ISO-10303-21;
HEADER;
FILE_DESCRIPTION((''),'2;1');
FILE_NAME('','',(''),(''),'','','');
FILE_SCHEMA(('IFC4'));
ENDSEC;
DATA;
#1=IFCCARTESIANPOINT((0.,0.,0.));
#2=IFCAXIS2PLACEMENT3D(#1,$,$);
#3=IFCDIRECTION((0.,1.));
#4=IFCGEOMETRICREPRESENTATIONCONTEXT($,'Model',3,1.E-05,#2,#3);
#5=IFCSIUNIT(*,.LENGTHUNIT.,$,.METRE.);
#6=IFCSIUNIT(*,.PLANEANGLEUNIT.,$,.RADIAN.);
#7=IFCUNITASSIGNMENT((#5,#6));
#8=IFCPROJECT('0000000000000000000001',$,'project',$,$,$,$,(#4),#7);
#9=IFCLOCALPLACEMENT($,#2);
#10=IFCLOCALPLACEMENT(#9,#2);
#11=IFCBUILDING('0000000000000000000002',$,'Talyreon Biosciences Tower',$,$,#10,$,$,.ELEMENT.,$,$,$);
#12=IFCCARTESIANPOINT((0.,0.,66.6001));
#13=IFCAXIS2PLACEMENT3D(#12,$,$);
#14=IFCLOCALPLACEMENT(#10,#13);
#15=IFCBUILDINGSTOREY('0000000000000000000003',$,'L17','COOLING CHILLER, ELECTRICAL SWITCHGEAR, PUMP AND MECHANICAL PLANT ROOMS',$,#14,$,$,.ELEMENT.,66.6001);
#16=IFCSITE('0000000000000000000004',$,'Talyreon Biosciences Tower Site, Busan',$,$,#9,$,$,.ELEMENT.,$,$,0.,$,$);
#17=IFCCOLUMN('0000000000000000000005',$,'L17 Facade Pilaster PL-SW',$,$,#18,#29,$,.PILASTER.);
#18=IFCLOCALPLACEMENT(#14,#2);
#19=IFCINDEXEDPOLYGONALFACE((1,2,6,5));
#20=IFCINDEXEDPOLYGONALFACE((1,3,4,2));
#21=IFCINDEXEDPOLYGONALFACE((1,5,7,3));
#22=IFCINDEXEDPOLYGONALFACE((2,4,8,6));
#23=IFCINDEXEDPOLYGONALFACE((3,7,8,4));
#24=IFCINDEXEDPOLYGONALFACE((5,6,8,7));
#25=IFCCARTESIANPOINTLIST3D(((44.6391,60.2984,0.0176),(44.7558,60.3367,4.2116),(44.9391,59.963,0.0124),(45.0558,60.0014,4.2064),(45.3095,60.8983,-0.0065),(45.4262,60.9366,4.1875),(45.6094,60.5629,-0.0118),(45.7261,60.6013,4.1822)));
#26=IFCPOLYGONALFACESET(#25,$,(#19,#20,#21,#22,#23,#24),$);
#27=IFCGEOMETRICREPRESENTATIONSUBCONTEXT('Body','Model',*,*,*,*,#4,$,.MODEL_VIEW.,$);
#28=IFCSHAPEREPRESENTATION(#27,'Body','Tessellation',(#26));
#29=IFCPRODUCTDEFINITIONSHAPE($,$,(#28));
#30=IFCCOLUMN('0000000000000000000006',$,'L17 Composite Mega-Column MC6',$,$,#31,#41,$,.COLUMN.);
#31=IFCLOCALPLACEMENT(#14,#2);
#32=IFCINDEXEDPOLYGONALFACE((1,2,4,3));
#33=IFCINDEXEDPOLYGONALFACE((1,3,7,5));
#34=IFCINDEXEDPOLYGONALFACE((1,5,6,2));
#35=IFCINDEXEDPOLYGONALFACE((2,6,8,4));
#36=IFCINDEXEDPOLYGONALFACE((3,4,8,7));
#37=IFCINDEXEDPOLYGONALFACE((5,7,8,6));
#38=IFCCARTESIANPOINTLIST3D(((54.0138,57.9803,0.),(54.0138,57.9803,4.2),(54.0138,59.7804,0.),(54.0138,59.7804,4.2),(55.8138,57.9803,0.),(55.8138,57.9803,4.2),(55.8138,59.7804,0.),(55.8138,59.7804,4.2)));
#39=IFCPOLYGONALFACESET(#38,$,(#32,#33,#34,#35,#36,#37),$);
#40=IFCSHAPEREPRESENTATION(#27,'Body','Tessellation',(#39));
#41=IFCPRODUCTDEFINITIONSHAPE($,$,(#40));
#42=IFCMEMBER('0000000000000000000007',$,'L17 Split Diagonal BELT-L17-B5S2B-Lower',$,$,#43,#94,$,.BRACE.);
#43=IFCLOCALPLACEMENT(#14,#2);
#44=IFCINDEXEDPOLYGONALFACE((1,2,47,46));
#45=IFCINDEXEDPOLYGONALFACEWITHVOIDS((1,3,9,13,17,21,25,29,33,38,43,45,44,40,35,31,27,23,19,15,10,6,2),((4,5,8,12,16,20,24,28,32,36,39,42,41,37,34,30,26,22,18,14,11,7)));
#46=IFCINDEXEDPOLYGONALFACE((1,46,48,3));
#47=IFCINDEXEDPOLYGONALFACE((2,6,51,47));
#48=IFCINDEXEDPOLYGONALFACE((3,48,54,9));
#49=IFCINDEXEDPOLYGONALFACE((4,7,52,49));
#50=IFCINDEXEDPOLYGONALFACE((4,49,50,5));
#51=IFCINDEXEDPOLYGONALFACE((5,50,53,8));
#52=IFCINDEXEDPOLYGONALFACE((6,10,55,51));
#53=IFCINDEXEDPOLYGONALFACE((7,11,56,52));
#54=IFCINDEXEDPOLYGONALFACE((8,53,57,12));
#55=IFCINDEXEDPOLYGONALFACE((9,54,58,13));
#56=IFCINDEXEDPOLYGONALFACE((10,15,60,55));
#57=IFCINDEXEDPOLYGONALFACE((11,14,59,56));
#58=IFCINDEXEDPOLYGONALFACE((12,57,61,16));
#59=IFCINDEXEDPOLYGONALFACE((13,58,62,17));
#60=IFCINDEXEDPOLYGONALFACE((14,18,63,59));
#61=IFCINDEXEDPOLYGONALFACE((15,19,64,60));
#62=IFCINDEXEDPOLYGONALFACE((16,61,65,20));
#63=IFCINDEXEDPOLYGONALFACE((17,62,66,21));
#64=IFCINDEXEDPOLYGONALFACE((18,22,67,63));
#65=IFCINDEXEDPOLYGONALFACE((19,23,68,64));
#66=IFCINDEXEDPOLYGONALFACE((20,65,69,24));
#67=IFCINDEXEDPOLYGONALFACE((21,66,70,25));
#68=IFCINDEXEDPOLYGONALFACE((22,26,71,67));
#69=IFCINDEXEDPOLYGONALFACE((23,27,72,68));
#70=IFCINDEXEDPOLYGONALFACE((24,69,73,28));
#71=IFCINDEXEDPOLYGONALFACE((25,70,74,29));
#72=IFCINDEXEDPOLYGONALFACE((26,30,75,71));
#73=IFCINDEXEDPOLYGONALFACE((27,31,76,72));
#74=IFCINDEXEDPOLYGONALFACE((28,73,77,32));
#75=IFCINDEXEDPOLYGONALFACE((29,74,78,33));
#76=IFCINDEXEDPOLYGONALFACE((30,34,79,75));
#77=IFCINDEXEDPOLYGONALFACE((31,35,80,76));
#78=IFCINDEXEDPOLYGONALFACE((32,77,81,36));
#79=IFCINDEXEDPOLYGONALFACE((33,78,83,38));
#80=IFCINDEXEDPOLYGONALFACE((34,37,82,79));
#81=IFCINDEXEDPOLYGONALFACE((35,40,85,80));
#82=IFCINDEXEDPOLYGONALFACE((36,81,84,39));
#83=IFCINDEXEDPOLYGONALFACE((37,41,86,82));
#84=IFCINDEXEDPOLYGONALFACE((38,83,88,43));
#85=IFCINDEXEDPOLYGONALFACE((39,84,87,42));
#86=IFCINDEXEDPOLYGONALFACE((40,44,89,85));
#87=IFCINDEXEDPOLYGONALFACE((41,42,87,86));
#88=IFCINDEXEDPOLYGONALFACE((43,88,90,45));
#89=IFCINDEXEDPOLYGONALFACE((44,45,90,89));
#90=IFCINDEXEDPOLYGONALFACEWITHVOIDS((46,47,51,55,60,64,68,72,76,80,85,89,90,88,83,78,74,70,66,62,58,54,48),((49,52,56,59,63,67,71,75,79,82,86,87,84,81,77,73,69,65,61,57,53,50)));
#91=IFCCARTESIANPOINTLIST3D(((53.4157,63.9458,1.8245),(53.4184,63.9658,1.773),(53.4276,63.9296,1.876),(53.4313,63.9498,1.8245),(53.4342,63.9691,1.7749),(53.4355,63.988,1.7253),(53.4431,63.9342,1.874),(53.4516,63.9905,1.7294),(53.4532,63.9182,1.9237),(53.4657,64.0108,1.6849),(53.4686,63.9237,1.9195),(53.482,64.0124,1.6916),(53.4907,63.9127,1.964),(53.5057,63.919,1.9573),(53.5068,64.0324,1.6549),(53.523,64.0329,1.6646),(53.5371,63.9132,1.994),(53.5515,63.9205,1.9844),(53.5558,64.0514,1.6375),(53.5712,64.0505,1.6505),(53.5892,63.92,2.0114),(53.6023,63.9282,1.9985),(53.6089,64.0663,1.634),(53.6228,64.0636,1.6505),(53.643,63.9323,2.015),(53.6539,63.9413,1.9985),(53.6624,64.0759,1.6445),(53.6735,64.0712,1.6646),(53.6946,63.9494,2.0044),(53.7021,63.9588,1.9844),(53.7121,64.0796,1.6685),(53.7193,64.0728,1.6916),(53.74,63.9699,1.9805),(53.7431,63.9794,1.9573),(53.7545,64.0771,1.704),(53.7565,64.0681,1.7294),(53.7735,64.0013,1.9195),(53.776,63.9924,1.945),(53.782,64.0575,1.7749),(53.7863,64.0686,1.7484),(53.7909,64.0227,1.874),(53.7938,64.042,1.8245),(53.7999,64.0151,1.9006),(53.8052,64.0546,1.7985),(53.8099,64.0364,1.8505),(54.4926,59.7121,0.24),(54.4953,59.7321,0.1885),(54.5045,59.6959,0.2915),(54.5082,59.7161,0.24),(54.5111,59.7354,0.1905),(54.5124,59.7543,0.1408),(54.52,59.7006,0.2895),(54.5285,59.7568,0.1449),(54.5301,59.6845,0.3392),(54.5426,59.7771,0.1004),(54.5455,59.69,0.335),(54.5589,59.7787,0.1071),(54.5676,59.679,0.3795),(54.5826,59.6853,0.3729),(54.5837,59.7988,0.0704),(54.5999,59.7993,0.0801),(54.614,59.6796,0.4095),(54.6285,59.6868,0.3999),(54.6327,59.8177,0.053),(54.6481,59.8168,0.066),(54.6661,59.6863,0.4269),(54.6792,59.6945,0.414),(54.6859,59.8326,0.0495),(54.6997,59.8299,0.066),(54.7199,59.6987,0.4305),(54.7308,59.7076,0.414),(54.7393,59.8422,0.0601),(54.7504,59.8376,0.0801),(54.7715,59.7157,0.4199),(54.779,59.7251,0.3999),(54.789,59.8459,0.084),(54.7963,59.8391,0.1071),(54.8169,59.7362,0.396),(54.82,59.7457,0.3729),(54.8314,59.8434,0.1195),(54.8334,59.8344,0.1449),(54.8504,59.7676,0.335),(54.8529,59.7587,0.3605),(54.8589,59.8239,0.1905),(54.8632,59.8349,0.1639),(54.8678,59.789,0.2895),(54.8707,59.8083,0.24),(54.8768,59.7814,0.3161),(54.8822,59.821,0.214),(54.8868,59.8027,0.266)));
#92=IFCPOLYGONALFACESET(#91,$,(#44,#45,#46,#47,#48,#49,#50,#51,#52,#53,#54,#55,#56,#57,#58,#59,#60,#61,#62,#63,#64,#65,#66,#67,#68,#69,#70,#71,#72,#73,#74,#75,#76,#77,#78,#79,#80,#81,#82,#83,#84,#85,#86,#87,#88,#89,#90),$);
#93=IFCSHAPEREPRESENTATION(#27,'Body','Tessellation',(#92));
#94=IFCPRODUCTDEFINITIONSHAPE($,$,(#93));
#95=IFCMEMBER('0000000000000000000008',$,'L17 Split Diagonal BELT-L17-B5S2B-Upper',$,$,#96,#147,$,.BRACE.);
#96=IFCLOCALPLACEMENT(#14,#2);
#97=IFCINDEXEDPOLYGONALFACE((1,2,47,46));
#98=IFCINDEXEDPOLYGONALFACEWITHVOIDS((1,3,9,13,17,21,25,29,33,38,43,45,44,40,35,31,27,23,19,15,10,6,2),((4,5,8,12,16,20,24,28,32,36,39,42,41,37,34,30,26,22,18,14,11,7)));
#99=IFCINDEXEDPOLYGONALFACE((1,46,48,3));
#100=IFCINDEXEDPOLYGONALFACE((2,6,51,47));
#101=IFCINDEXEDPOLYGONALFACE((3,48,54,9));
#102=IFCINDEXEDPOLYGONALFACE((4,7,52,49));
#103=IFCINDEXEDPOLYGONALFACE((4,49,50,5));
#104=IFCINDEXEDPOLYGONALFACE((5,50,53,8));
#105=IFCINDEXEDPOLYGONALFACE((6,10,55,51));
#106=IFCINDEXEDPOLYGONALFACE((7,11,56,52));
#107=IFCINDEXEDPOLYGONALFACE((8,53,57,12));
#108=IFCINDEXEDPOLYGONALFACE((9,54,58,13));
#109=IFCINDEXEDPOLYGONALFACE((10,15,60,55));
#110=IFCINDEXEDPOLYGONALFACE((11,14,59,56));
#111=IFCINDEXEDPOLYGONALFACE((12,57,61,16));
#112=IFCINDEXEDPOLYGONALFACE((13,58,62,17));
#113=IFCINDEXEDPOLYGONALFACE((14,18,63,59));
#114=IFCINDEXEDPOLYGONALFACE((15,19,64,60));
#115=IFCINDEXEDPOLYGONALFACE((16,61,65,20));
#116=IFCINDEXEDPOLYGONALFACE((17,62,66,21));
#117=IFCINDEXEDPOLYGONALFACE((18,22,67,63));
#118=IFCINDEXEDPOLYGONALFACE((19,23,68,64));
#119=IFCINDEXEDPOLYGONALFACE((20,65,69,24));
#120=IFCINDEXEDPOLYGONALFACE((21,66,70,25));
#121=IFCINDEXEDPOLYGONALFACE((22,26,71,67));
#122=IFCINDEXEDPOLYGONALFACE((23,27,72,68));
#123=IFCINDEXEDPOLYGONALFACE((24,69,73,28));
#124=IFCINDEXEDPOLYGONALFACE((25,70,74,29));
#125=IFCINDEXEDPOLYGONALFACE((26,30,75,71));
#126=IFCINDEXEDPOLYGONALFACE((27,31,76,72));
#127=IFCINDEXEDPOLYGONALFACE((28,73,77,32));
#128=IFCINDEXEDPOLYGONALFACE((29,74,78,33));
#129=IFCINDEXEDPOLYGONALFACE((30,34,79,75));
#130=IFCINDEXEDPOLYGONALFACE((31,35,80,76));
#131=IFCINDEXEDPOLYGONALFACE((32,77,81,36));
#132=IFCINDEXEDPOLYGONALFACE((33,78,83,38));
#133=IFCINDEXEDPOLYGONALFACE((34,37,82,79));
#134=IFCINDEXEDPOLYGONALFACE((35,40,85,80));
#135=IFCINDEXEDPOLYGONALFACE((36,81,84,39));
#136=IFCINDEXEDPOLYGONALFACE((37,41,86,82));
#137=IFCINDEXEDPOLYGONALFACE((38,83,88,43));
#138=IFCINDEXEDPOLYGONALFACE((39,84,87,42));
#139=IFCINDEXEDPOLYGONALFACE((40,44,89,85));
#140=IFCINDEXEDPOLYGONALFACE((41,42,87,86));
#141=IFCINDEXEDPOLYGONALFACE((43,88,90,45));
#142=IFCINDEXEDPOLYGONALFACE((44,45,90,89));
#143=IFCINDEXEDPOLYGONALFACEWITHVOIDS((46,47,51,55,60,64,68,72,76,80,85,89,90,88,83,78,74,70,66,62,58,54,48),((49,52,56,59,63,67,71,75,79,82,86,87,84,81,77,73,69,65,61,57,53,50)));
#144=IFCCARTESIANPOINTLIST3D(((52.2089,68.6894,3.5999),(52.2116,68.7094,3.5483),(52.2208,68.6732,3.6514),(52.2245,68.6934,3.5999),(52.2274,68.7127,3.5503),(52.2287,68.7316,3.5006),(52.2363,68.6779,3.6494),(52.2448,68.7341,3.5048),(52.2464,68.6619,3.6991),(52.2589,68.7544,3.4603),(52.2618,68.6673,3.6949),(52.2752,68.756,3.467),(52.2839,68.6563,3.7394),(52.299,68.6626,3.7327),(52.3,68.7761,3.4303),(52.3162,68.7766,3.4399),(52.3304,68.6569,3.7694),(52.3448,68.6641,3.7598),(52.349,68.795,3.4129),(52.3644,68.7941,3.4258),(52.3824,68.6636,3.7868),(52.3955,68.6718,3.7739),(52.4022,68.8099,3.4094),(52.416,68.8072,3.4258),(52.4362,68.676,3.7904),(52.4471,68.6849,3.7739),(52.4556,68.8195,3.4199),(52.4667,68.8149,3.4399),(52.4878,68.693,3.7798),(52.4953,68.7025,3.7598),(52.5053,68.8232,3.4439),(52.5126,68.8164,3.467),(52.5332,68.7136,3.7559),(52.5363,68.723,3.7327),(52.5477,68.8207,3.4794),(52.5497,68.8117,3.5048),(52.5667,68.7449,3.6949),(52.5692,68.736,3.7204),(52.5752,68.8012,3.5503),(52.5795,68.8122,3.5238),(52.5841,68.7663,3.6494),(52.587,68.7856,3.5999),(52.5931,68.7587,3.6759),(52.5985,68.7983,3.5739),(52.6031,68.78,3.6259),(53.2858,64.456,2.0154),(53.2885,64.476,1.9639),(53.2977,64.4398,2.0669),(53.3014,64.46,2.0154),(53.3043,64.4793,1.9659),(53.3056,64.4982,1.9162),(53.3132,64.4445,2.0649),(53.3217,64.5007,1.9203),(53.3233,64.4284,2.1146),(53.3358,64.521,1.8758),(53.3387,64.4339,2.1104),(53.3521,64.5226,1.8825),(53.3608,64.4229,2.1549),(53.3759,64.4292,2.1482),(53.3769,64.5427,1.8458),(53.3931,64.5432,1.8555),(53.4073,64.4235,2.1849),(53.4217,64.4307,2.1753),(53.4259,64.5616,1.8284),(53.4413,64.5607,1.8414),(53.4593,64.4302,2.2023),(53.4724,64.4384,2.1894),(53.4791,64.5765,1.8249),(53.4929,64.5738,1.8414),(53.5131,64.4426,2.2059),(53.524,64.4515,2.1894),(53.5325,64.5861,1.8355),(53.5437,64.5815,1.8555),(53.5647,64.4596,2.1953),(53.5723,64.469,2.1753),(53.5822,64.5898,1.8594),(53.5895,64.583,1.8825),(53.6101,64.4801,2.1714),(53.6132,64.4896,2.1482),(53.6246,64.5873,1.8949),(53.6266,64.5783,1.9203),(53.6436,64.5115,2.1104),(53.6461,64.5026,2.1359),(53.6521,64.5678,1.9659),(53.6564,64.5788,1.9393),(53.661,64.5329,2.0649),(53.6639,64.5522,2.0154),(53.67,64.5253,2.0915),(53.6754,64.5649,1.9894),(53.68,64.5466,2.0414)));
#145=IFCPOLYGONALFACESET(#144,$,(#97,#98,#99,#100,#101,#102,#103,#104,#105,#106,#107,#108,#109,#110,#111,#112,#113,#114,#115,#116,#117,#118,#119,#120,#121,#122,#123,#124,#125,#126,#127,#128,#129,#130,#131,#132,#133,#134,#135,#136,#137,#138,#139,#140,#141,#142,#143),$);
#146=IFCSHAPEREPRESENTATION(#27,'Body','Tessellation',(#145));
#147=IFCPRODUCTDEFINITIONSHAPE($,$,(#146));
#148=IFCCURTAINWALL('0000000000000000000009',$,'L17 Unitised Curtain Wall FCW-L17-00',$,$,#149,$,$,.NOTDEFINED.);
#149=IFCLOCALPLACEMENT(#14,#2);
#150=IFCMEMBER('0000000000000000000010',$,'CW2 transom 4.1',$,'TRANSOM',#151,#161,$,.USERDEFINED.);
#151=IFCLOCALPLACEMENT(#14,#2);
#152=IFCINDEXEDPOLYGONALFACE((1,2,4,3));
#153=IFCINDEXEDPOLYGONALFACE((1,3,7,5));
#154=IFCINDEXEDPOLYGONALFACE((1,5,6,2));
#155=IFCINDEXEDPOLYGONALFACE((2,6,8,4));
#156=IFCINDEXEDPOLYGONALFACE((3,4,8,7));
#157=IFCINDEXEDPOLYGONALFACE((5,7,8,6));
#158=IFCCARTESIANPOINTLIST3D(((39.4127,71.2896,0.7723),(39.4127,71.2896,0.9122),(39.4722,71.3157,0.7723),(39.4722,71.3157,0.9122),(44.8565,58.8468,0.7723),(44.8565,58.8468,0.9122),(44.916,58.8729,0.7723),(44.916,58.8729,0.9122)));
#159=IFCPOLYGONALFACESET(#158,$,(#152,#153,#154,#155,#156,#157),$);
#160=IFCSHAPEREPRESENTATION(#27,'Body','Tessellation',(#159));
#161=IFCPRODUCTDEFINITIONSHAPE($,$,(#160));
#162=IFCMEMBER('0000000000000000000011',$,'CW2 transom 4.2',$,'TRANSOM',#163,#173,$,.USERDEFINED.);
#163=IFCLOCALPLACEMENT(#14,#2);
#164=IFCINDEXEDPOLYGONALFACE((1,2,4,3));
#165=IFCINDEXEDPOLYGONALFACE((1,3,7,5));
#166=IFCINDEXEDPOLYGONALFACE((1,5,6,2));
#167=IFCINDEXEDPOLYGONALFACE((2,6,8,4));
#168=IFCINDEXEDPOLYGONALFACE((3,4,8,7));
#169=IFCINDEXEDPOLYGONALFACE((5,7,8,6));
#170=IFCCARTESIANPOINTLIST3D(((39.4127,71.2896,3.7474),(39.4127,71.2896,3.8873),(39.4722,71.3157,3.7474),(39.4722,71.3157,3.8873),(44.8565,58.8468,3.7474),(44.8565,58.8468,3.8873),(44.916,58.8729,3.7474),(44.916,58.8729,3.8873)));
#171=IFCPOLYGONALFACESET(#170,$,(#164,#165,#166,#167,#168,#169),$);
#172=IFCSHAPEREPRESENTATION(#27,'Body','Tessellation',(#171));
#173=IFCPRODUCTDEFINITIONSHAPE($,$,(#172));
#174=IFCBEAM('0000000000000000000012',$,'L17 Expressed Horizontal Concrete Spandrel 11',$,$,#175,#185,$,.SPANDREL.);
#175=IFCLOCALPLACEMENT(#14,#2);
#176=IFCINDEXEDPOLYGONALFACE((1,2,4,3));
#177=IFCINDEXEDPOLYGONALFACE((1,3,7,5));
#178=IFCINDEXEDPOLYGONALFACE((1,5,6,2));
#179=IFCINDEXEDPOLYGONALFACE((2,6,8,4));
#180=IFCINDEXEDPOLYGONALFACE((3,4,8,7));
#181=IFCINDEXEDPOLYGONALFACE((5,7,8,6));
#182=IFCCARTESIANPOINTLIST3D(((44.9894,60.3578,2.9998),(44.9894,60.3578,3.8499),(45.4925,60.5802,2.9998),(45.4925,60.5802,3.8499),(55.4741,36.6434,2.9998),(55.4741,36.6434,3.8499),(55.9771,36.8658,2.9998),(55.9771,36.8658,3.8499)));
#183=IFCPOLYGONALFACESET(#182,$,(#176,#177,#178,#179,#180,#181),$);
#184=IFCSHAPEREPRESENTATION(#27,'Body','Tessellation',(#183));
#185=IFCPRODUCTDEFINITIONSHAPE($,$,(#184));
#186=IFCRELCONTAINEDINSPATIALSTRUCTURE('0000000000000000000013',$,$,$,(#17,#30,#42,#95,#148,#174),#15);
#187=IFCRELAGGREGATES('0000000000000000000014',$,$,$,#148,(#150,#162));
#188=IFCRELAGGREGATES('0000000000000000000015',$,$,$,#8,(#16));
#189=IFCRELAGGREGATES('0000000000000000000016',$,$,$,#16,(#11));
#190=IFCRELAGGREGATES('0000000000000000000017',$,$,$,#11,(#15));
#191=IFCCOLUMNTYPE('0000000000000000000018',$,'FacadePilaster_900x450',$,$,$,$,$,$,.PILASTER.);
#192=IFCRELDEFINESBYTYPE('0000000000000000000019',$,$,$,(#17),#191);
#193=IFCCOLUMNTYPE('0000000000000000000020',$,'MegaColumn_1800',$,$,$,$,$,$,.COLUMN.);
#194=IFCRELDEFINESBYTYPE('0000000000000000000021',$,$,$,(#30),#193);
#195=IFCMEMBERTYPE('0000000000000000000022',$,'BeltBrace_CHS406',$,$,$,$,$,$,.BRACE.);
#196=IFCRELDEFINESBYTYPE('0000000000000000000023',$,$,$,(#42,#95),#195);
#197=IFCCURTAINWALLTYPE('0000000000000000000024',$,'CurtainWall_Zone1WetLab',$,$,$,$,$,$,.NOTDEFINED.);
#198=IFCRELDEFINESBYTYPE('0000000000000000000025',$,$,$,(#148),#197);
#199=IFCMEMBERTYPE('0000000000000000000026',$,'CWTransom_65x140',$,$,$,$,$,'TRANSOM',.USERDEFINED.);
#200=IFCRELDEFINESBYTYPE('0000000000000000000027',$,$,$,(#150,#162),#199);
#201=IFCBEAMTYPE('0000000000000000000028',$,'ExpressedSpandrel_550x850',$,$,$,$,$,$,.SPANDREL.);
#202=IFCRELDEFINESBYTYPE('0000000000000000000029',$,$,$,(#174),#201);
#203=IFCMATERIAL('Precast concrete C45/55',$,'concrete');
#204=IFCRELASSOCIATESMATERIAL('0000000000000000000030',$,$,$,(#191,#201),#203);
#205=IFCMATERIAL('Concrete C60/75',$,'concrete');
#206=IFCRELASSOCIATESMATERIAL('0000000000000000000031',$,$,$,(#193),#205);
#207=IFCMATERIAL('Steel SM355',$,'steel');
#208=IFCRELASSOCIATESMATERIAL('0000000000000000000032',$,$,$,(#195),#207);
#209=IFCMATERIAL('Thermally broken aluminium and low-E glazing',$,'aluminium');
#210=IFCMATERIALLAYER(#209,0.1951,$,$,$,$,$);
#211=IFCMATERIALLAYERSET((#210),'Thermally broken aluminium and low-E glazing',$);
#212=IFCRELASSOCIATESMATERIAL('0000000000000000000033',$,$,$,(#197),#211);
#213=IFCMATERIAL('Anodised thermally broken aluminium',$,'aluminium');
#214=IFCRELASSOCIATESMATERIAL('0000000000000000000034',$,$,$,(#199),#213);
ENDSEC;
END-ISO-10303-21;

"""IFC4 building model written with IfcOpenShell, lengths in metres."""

from ifc_helpers import new_model, si_unit, direction, frame, origin, origin_2d, place, context, subcontext, project, spatial, rectangle, hollow_circle, extrude, material, layer, layer_set, material_profile, profile_set, type_object, element, aggregate, save


model = new_model("IFC4")

# Units and contexts
model_context = context("Model", 3, precision=1e-05, world=origin(), true_north=direction((0.0, 1.0)))
body_context = subcontext(model_context, "Body", "Model", "MODEL_VIEW")
ifc_project = project(units=[si_unit("LENGTHUNIT", "METRE"), si_unit("PLANEANGLEUNIT", "RADIAN")], contexts=[model_context])

# Site, building, storey
site_placement = place(None, origin())
site = spatial("IfcSite", under=ifc_project, at=site_placement, Name="Talyreon Biosciences Tower Site, Busan", CompositionType="ELEMENT", RefElevation=0.0)
building_placement = place(site_placement, origin())
building = spatial("IfcBuilding", under=site, at=building_placement, Name="Talyreon Biosciences Tower", CompositionType="ELEMENT")
storey_placement = place(building_placement, frame((0.0, 0.0, 66.6001)))
storey = spatial("IfcBuildingStorey", under=building, at=storey_placement, Name="L17", Description="COOLING CHILLER, ELECTRICAL SWITCHGEAR, PUMP AND MECHANICAL PLANT ROOMS", CompositionType="ELEMENT", Elevation=66.6001)

# Columns
ifc_material_1 = material(Name="Precast concrete C45/55", Category="concrete")
ifc_material_profile_1 = material_profile(ifc_material_1, rectangle(XDim=0.8999, YDim=0.45, at=origin_2d()), Name="RC 900x450")
ifc_profile_set_1 = profile_set([ifc_material_profile_1], Name="Precast concrete C45/55")
column_type_1 = type_object("IfcColumnType", Name="FacadePilaster_900x450", PredefinedType="PILASTER", material=ifc_profile_set_1)
column_1_placement = place(storey_placement, frame((45.1243, 60.4307, 0.0029), z_axis=(0.027813, 0.009135, 0.999571), x_axis=(0.744918, 0.666616, -0.026819)))
element("IfcColumn", 1, at=column_1_placement, inside=storey, type_object=column_type_1, Name="L17 Facade Pilaster PL-SW", PredefinedType="PILASTER", context=body_context, shape_type="SweptSolid", body=[
    extrude(rectangle(XDim=0.8999, YDim=0.45, at=origin_2d()), origin(), (0.0, 0.0, 1.0), 4.1958),
])
ifc_material_2 = material(Name="Concrete C60/75", Category="concrete")
ifc_material_profile_2 = material_profile(ifc_material_2, rectangle(XDim=1.8, YDim=1.8, at=origin_2d()), Name="RC 1800x1800")
ifc_profile_set_2 = profile_set([ifc_material_profile_2], Name="Concrete C60/75")
column_type_2 = type_object("IfcColumnType", Name="MegaColumn_1800", PredefinedType="COLUMN", material=ifc_profile_set_2)
column_2_placement = place(storey_placement, frame((54.9138, 58.8804, 0.0), z_axis=(0.0, 0.0, 1.0), x_axis=(1.0, 0.0, 0.0)))
element("IfcColumn", 2, at=column_2_placement, inside=storey, type_object=column_type_2, Name="L17 Composite Mega-Column MC6", PredefinedType="COLUMN", context=body_context, shape_type="SweptSolid", body=[
    extrude(rectangle(XDim=1.8, YDim=1.8, at=origin_2d()), origin(), (0.0, 0.0, 1.0), 4.2),
])

# Members
ifc_material_3 = material(Name="Steel SM355", Category="steel")
ifc_material_profile_3 = material_profile(ifc_material_3, hollow_circle(Radius=0.2031, WallThickness=0.0161, at=origin_2d()), Name="CHS 406.4x16")
ifc_profile_set_3 = profile_set([ifc_material_profile_3], Name="Steel SM355")
member_type_1 = type_object("IfcMemberType", Name="BeltBrace_CHS406", PredefinedType="BRACE", material=ifc_profile_set_3)
member_1_placement = place(storey_placement, frame((54.6895, 59.7622, 0.24), z_axis=(-0.231745, 0.911061, 0.340972), x_axis=(-0.969138, -0.246518, 0.0)))
element("IfcMember", 3, at=member_1_placement, inside=storey, type_object=member_type_1, Name="L17 Split Diagonal BELT-L17-B5S2B-Lower", PredefinedType="BRACE", context=body_context, shape_type="SweptSolid", body=[
    extrude(hollow_circle(Radius=0.2031, WallThickness=0.0161, at=origin_2d()), origin(), (0.0, 0.0, 1.0), 4.647),
])
member_2_placement = place(storey_placement, frame((53.4827, 64.5061, 2.0154), z_axis=(-0.231756, 0.911052, 0.340988), x_axis=(-0.969135, -0.246531, 0.0)))
element("IfcMember", 4, at=member_2_placement, inside=storey, type_object=member_type_1, Name="L17 Split Diagonal BELT-L17-B5S2B-Upper", PredefinedType="BRACE", context=body_context, shape_type="SweptSolid", body=[
    extrude(hollow_circle(Radius=0.2031, WallThickness=0.0161, at=origin_2d()), origin(), (0.0, 0.0, 1.0), 4.6467),
])

# Curtain wall, members
ifc_material_4 = material(Name="Thermally broken aluminium and low-E glazing", Category="aluminium")
ifc_layer_1 = layer(ifc_material_4, 0.1951)
ifc_layer_set_1 = layer_set([ifc_layer_1], Name="Thermally broken aluminium and low-E glazing")
curtain_wall_type = type_object("IfcCurtainWallType", Name="CurtainWall_Zone1WetLab", PredefinedType="NOTDEFINED", material=ifc_layer_set_1)
curtain_wall_placement = place(storey_placement, origin())
curtain_wall = element("IfcCurtainWall", 5, at=curtain_wall_placement, inside=storey, type_object=curtain_wall_type, Name="L17 Unitised Curtain Wall FCW-L17-00", PredefinedType="NOTDEFINED")
ifc_material_5 = material(Name="Anodised thermally broken aluminium", Category="aluminium")
ifc_material_profile_4 = material_profile(ifc_material_5, rectangle(XDim=0.0649, YDim=0.1399, at=origin_2d()), Name="ALUM TRANSOM 65x140")
ifc_profile_set_4 = profile_set([ifc_material_profile_4], Name="Anodised thermally broken aluminium")
member_type_2 = type_object("IfcMemberType", Name="CWTransom_65x140", ElementType="TRANSOM", PredefinedType="USERDEFINED", material=ifc_profile_set_4)
member_3_placement = place(storey_placement, frame((44.8862, 58.8599, 0.8423), z_axis=(-0.400824, 0.916155, 0.0), x_axis=(-0.916155, -0.400824, 0.0)))
member_3 = element("IfcMember", 6, at=member_3_placement, type_object=member_type_2, Name="CW2 transom 4.1", ObjectType="TRANSOM", PredefinedType="USERDEFINED", context=body_context, shape_type="SweptSolid", body=[
    extrude(rectangle(XDim=0.0649, YDim=0.1399, at=origin_2d()), origin(), (0.0, 0.0, 1.0), 13.5815),
])
member_4_placement = place(storey_placement, frame((44.8862, 58.8599, 3.8174), z_axis=(-0.400824, 0.916155, 0.0), x_axis=(-0.916155, -0.400824, 0.0)))
member_4 = element("IfcMember", 7, at=member_4_placement, type_object=member_type_2, Name="CW2 transom 4.2", ObjectType="TRANSOM", PredefinedType="USERDEFINED", context=body_context, shape_type="SweptSolid", body=[
    extrude(rectangle(XDim=0.0649, YDim=0.1399, at=origin_2d()), origin(), (0.0, 0.0, 1.0), 13.5815),
])

# Beam
ifc_material_profile_5 = material_profile(ifc_material_1, rectangle(XDim=0.55, YDim=0.8501, at=origin_2d()), Name="RCB 550x850")
ifc_profile_set_5 = profile_set([ifc_material_profile_5], Name="Precast concrete C45/55")
beam_type_1 = type_object("IfcBeamType", Name="ExpressedSpandrel_550x850", PredefinedType="SPANDREL", material=ifc_profile_set_5)
beam_1_placement = place(storey_placement, frame((45.241, 60.469, 3.4248), z_axis=(0.404363, -0.914598, 0.0), x_axis=(0.914598, 0.404363, 0.0)))
element("IfcBeam", 8, at=beam_1_placement, inside=storey, type_object=beam_type_1, Name="L17 Expressed Horizontal Concrete Spandrel 11", PredefinedType="SPANDREL", context=body_context, shape_type="SweptSolid", body=[
    extrude(rectangle(XDim=0.55, YDim=0.8501, at=origin_2d()), origin(), (0.0, 0.0, 1.0), 25.9287),
])

aggregate(curtain_wall, [member_3, member_4])

save(model, "model.ifc")
